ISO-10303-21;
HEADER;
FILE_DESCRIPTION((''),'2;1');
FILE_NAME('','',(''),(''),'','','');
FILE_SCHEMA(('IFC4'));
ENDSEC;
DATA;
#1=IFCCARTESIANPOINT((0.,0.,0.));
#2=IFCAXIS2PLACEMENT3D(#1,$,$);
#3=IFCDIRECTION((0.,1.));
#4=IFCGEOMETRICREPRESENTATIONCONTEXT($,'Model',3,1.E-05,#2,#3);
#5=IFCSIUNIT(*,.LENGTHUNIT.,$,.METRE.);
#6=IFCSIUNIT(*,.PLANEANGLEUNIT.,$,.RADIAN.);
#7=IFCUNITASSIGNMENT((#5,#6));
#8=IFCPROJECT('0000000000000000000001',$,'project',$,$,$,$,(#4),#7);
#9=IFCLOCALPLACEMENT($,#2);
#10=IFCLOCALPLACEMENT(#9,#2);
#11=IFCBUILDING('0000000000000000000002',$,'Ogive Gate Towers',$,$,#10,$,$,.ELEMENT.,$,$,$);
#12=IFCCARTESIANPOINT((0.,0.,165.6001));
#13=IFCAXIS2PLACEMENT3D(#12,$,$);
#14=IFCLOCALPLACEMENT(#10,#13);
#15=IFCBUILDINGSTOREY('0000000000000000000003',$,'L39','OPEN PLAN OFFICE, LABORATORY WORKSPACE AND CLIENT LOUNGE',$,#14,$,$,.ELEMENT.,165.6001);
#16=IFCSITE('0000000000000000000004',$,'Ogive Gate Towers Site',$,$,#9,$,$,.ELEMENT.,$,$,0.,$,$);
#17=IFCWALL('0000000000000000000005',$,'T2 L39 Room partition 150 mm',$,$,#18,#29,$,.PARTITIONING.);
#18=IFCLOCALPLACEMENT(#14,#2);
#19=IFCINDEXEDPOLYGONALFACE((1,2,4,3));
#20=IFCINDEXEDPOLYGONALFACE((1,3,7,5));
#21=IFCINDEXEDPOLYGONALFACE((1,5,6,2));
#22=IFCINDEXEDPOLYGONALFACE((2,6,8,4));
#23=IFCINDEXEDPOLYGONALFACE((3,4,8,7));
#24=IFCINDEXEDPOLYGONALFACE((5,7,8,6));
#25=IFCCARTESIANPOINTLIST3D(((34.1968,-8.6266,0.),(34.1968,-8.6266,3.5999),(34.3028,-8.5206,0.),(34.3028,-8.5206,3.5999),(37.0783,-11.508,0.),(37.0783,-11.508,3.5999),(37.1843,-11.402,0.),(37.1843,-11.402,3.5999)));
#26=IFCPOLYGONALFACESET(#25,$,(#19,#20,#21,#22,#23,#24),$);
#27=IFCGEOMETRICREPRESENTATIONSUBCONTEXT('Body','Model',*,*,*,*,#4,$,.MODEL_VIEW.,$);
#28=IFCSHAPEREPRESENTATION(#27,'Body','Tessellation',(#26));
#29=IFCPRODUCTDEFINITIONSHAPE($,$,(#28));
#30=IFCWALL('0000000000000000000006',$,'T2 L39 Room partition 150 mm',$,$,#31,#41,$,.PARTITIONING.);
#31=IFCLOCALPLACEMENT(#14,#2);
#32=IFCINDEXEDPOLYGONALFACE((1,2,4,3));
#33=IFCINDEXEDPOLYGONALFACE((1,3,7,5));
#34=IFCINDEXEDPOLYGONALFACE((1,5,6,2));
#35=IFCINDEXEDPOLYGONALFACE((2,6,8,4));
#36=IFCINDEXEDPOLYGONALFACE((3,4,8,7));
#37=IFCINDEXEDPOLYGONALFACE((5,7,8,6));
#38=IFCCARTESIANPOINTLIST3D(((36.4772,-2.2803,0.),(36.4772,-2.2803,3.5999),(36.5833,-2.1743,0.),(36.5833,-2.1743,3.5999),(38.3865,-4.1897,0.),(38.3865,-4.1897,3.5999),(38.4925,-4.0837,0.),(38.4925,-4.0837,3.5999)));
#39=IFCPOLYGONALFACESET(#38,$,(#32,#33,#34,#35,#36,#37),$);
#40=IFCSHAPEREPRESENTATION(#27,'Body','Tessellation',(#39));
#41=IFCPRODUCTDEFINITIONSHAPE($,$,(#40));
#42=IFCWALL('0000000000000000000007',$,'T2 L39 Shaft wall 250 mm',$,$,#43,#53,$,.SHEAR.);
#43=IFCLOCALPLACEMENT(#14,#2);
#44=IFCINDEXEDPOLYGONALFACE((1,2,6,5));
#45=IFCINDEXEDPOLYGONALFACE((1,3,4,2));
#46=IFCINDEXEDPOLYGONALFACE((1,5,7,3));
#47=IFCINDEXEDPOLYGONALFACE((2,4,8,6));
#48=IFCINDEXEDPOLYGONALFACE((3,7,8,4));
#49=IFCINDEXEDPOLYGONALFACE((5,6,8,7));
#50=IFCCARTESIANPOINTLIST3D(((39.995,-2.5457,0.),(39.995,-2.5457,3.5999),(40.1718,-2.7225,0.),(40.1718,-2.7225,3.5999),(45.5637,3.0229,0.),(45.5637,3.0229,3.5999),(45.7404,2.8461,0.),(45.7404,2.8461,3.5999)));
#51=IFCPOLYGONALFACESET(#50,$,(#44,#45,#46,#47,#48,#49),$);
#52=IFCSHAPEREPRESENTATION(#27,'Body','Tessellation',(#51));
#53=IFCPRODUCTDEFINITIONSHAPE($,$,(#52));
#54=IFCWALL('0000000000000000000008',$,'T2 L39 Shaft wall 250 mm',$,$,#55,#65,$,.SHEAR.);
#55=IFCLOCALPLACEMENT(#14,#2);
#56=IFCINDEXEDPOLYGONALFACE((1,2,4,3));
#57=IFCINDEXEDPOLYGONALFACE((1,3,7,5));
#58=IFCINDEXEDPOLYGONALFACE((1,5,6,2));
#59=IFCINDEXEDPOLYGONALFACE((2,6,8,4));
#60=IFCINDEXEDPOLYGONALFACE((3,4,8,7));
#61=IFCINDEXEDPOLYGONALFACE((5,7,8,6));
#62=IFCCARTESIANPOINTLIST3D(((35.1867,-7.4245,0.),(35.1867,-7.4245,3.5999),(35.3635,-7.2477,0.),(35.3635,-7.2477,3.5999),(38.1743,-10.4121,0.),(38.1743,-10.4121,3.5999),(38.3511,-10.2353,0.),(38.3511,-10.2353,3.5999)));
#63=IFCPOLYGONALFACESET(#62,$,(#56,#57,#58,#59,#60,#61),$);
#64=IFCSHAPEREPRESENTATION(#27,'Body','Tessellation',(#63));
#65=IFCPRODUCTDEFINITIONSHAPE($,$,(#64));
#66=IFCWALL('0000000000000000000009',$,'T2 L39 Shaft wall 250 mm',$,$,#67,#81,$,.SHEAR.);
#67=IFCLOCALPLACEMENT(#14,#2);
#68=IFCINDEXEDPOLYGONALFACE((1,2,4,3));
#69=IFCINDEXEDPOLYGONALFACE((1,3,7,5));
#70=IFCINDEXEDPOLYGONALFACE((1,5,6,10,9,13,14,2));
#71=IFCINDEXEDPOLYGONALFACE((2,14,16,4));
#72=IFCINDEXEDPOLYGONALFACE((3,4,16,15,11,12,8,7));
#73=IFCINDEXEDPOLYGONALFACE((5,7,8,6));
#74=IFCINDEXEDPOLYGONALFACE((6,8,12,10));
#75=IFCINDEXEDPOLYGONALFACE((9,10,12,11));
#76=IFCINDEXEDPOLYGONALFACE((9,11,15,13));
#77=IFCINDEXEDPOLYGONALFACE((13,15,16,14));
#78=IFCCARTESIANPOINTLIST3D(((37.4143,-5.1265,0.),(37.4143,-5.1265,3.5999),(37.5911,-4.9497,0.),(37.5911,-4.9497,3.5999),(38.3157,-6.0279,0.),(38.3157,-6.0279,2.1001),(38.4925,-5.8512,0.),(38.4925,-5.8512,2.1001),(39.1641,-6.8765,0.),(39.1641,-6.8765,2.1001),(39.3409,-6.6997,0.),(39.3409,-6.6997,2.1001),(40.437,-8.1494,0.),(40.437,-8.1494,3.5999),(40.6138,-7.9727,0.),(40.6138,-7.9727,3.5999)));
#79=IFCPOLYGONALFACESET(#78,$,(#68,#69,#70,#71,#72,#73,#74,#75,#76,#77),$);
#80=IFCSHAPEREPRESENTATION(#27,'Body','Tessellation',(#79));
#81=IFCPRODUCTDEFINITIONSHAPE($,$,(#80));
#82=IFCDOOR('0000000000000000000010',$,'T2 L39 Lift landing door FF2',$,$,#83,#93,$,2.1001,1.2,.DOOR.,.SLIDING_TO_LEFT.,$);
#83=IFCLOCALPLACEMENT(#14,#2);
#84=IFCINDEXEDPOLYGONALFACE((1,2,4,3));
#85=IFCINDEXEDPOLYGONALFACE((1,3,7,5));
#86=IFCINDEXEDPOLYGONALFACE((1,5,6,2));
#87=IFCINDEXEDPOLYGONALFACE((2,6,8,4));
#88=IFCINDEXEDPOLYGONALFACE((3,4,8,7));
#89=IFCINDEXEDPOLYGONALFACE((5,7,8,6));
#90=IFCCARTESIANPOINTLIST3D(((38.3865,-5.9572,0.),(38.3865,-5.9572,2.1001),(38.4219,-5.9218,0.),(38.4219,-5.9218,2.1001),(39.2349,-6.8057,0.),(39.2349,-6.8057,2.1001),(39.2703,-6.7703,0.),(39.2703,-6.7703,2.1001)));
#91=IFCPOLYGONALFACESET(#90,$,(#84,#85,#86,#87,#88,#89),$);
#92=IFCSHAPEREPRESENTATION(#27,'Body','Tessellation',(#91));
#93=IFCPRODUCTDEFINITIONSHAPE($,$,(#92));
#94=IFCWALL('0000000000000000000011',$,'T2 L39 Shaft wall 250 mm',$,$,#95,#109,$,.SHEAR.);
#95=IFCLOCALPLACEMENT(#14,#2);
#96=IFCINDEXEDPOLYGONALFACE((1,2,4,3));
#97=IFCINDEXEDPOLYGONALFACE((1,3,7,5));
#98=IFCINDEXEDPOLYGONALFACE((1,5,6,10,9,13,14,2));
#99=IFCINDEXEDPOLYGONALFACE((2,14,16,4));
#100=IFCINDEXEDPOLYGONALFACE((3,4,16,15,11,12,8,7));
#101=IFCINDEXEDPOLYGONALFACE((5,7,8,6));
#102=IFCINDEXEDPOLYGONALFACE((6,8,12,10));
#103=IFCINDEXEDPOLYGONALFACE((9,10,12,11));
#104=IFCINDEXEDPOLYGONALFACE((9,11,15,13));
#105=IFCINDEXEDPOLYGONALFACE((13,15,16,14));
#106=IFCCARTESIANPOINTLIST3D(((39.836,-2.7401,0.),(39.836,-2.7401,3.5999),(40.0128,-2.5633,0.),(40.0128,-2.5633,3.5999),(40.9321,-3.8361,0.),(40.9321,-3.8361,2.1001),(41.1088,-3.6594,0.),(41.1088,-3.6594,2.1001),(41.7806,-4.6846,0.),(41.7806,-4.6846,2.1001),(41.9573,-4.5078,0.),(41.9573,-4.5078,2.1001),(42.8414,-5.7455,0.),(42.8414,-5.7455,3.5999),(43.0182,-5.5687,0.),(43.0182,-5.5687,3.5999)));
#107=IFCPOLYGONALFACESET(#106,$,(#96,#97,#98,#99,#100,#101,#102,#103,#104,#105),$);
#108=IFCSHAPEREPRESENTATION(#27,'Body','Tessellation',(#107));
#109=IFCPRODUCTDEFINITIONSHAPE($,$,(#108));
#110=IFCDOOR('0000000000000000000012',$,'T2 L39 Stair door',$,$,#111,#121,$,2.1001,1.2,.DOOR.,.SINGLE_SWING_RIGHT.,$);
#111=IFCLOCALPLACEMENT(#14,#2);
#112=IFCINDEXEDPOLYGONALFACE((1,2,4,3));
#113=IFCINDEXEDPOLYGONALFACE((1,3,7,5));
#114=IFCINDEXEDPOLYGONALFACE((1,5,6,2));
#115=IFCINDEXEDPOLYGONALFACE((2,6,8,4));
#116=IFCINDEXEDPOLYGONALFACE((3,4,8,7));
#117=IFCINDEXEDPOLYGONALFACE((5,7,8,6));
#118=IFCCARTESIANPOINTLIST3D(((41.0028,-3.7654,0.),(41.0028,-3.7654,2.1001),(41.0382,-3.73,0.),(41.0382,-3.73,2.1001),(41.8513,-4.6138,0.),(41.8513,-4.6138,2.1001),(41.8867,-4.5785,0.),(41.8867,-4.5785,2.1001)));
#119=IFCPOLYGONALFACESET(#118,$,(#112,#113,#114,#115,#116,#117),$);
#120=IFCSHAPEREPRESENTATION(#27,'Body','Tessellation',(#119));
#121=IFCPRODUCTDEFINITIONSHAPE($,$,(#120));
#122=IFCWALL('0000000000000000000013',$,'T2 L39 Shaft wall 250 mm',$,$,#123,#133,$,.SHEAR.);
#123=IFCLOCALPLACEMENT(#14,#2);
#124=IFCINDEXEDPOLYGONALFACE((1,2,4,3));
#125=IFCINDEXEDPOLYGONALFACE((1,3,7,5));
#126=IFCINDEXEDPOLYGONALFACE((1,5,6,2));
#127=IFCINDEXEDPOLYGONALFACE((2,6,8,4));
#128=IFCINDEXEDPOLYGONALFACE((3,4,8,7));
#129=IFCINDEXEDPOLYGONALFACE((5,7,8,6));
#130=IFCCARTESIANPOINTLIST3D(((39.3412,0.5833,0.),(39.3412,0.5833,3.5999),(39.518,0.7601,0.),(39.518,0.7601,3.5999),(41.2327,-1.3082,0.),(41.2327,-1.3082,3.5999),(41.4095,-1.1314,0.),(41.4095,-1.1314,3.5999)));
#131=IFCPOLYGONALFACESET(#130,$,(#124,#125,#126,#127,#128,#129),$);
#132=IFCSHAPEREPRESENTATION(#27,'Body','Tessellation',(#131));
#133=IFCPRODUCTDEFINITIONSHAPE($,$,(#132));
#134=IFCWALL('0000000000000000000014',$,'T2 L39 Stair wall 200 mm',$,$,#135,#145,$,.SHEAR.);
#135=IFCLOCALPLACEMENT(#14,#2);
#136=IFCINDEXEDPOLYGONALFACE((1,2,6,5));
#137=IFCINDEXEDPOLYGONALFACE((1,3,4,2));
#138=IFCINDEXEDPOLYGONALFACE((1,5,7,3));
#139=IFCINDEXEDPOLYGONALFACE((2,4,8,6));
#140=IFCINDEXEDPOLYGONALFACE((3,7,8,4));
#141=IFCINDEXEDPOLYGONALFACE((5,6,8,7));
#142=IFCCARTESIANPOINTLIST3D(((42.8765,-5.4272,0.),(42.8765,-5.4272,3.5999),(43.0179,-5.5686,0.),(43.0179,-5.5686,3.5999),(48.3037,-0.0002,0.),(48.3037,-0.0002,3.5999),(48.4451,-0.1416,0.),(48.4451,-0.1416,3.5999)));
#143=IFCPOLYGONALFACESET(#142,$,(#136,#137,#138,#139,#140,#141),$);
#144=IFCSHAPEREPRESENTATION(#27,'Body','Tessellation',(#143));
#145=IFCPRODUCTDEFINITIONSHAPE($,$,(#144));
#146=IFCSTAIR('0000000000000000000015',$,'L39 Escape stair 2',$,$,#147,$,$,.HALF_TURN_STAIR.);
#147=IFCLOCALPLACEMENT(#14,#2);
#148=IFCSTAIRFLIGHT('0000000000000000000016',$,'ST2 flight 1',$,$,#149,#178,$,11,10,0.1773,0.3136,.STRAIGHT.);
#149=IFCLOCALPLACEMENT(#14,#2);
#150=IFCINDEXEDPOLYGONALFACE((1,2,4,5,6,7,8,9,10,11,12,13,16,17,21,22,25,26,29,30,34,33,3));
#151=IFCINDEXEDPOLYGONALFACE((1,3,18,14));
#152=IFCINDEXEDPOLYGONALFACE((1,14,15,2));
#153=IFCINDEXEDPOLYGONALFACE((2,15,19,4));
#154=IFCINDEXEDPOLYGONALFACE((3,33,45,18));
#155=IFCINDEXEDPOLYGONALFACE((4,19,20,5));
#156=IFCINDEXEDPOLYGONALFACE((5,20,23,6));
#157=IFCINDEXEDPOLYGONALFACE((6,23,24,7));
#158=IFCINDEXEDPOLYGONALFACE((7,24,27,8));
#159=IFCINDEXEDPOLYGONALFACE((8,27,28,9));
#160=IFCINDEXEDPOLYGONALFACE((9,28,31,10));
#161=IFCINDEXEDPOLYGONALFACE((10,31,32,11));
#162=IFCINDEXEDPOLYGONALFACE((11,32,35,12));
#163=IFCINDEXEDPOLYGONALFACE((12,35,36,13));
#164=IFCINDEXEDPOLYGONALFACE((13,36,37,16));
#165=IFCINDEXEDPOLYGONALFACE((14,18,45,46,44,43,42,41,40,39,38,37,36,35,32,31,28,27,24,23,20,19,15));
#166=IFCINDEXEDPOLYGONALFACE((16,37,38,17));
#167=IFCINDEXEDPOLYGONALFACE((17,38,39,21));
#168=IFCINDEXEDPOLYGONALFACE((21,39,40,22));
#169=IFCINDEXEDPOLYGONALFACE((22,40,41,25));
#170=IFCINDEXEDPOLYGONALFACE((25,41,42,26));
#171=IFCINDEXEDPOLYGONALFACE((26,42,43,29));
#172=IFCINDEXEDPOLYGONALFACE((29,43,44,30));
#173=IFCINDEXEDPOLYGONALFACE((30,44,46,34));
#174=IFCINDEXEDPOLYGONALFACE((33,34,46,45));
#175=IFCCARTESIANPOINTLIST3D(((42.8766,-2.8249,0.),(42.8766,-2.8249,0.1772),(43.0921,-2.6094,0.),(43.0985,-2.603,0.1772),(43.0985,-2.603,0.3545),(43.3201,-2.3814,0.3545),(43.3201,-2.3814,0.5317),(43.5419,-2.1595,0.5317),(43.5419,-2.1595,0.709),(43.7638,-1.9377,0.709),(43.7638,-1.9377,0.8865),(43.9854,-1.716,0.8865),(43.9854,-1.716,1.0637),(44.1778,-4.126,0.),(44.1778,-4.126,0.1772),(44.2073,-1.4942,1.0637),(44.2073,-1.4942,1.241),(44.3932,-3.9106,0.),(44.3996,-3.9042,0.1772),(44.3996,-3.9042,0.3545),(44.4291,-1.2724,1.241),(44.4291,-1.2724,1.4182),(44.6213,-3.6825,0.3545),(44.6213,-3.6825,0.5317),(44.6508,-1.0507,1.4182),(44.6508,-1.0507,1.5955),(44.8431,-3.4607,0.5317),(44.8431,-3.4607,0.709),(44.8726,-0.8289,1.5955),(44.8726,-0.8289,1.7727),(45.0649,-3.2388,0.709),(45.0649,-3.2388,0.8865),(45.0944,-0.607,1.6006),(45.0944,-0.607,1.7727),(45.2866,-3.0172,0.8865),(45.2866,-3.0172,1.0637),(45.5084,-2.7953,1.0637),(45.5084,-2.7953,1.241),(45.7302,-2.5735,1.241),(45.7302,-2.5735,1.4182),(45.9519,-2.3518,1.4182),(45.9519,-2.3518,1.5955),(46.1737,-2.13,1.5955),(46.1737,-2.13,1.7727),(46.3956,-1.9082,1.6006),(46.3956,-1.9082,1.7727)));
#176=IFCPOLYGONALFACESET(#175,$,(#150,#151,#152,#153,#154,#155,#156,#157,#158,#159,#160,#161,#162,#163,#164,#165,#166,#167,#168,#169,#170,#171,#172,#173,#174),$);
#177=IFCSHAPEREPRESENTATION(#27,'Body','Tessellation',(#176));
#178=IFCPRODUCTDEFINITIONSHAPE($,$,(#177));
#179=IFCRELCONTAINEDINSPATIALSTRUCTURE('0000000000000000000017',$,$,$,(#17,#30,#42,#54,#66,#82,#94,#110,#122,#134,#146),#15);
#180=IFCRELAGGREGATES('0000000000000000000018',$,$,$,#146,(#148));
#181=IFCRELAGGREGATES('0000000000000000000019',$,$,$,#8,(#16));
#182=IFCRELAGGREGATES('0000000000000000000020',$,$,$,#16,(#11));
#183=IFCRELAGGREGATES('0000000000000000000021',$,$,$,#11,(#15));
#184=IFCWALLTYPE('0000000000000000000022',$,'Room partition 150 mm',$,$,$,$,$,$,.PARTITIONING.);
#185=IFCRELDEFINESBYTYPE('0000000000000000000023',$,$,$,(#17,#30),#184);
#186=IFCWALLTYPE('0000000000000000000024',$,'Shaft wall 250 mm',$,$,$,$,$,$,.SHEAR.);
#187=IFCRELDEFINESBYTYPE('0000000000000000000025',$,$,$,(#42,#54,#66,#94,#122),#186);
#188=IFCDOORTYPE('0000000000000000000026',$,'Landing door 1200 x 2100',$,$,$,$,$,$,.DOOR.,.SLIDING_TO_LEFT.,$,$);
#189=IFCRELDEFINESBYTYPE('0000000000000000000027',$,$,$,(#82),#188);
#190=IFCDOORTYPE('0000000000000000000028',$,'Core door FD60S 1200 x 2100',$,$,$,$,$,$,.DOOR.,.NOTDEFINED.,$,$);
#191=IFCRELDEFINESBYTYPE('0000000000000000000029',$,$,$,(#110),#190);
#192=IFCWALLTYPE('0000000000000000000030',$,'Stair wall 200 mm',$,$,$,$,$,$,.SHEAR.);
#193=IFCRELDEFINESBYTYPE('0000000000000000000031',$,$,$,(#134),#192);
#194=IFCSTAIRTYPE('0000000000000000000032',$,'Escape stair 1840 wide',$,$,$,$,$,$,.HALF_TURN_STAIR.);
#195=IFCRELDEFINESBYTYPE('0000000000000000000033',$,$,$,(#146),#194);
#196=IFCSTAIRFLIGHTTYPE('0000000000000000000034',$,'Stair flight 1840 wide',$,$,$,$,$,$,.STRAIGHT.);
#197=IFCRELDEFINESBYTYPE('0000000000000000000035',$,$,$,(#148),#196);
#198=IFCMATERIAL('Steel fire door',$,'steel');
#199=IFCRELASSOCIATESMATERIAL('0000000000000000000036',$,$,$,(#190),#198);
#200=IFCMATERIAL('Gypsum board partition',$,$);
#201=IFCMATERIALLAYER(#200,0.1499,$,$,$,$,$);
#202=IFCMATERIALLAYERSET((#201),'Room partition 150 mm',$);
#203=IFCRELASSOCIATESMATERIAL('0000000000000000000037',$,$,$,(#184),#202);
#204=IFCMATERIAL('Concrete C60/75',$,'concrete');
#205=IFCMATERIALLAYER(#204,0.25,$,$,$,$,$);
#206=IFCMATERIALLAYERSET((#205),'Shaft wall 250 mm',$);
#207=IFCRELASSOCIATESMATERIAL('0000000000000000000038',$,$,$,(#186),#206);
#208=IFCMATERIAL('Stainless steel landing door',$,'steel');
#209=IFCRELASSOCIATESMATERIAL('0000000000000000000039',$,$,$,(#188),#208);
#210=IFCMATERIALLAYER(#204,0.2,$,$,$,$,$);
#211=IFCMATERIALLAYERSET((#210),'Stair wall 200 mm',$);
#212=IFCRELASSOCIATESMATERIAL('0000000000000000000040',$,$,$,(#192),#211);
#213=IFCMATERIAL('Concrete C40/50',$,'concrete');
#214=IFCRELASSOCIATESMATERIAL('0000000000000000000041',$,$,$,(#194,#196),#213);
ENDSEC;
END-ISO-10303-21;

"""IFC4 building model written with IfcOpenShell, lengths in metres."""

from ifc_helpers import new_model, si_unit, direction, frame, frame_2d, origin, place, context, subcontext, project, spatial, polyline, rectangle, outline, extrude, material, layer, layer_set, type_object, element, fill, aggregate, save


model = new_model("IFC4")

# Units and contexts
model_context = context("Model", 3, precision=1e-05, world=origin(), true_north=direction((0.0, 1.0)))
body_context = subcontext(model_context, "Body", "Model", "MODEL_VIEW")
ifc_project = project(units=[si_unit("LENGTHUNIT", "METRE"), si_unit("PLANEANGLEUNIT", "RADIAN")], contexts=[model_context])

# Site, building, storey
site_placement = place(None, origin())
site = spatial("IfcSite", under=ifc_project, at=site_placement, Name="Ogive Gate Towers Site", CompositionType="ELEMENT", RefElevation=0.0)
building_placement = place(site_placement, origin())
building = spatial("IfcBuilding", under=site, at=building_placement, Name="Ogive Gate Towers", CompositionType="ELEMENT")
storey_placement = place(building_placement, frame((0.0, 0.0, 165.6001)))
storey = spatial("IfcBuildingStorey", under=building, at=storey_placement, Name="L39", Description="OPEN PLAN OFFICE, LABORATORY WORKSPACE AND CLIENT LOUNGE", CompositionType="ELEMENT", Elevation=165.6001)

# Shared definitions
ifc_material_1 = material(Name="Concrete C60/75", Category="concrete")
ifc_material_2 = material(Name="Steel fire door", Category="steel")
door_type_1 = type_object("IfcDoorType", Name="Core door FD60S 1200 x 2100", OperationType="NOTDEFINED", PredefinedType="DOOR", material=ifc_material_2)

# Shared definitions
ifc_material_3 = material(Name="Gypsum board partition")

# Walls
ifc_layer_1 = layer(ifc_material_3, 0.1499)
ifc_layer_set_1 = layer_set([ifc_layer_1], Name="Room partition 150 mm")
wall_type_1 = type_object("IfcWallType", Name="Room partition 150 mm", PredefinedType="PARTITIONING", material=ifc_layer_set_1)
wall_1_placement = place(storey_placement, frame((37.1313, -11.4551, 0.0), z_axis=(0.0, 0.0, 1.0), x_axis=(-0.707107, 0.707107, 0.0)))
element("IfcWall", 1, at=wall_1_placement, inside=storey, type_object=wall_type_1, Name="T2 L39 Room partition 150 mm", PredefinedType="PARTITIONING", context=body_context, shape_type="SweptSolid", body=[
    extrude(rectangle(XDim=4.075, YDim=0.1499, at=frame_2d((2.0376, 0.0))), origin(), (0.0, 0.0, 1.0), 3.5999),
])
wall_2_placement = place(storey_placement, frame((38.4395, -4.1367, 0.0), z_axis=(0.0, 0.0, 1.0), x_axis=(-0.707062, 0.707152, 0.0)))
element("IfcWall", 2, at=wall_2_placement, inside=storey, type_object=wall_type_1, Name="T2 L39 Room partition 150 mm", PredefinedType="PARTITIONING", context=body_context, shape_type="SweptSolid", body=[
    extrude(rectangle(XDim=2.7002, YDim=0.1499, at=frame_2d((1.3501, 0.0))), origin(), (0.0, 0.0, 1.0), 3.5999),
])
ifc_layer_2 = layer(ifc_material_1, 0.25)
ifc_layer_set_2 = layer_set([ifc_layer_2], Name="Shaft wall 250 mm")
wall_type_2 = type_object("IfcWallType", Name="Shaft wall 250 mm", PredefinedType="SHEAR", material=ifc_layer_set_2)
wall_3_placement = place(storey_placement, frame((40.0835, -2.634, 0.0), z_axis=(0.0, 0.0, 1.0), x_axis=(0.707107, 0.707107, 0.0)))
element("IfcWall", 3, at=wall_3_placement, inside=storey, type_object=wall_type_2, Name="T2 L39 Shaft wall 250 mm", PredefinedType="SHEAR", context=body_context, shape_type="SweptSolid", body=[
    extrude(rectangle(XDim=7.8752, YDim=0.25, at=frame_2d((3.9375, 0.0))), origin(), (0.0, 0.0, 1.0), 3.5999),
])
wall_4_placement = place(storey_placement, frame((38.2627, -10.3237, 0.0), z_axis=(0.0, 0.0, 1.0), x_axis=(-0.707107, 0.707107, 0.0)))
element("IfcWall", 4, at=wall_4_placement, inside=storey, type_object=wall_type_2, Name="T2 L39 Shaft wall 250 mm", PredefinedType="SHEAR", context=body_context, shape_type="SweptSolid", body=[
    extrude(rectangle(XDim=4.2251, YDim=0.25, at=frame_2d((2.1125, 0.0))), origin(), (0.0, 0.0, 1.0), 3.5999),
])

# Walls, openings, doors
wall_5_placement = place(storey_placement, frame((40.5254, -8.061, 0.0), z_axis=(0.0, 0.0, 1.0), x_axis=(-0.707078, 0.707135, 0.0)))
wall_5 = element("IfcWall", 5, at=wall_5_placement, inside=storey, type_object=wall_type_2, Name="T2 L39 Shaft wall 250 mm", PredefinedType="SHEAR", context=body_context, shape_type="SweptSolid", body=[
    extrude(rectangle(XDim=4.2749, YDim=0.25, at=frame_2d((2.1375, 0.0))), origin(), (0.0, 0.0, 1.0), 3.5999),
])
opening_1_placement = place(wall_5_placement, frame((1.8, 0.0, 0.0)))
opening_1 = element("IfcOpeningElement", 6, at=opening_1_placement, cuts=wall_5, PredefinedType="OPENING", context=body_context, shape_type="SweptSolid", body=[
    extrude(rectangle(XDim=1.2, YDim=2.1001, at=frame_2d((0.6001, 1.05))), frame((0.0, 0.135, 0.0), z_axis=(0.0, -1.0, 0.0), x_axis=(1.0, 0.0, 0.0)), (0.0, 0.0, 1.0), 0.27),
])
ifc_material_4 = material(Name="Stainless steel landing door", Category="steel")
door_type_2 = type_object("IfcDoorType", Name="Landing door 1200 x 2100", OperationType="SLIDING_TO_LEFT", PredefinedType="DOOR", material=ifc_material_4)
door_1_placement = place(opening_1_placement, origin())
door_1 = element("IfcDoor", 7, at=door_1_placement, inside=storey, type_object=door_type_2, Name="T2 L39 Lift landing door FF2", OperationType="SLIDING_TO_LEFT", OverallHeight=2.1001, OverallWidth=1.2, PredefinedType="DOOR", context=body_context, shape_type="SweptSolid", body=[
    extrude(rectangle(XDim=1.2, YDim=2.1001, at=frame_2d((0.6001, 1.05))), frame((0.0, 0.0249, 0.0), z_axis=(0.0, -1.0, 0.0), x_axis=(1.0, 0.0, 0.0)), (0.0, 0.0, 1.0), 0.05),
])
fill(opening_1, door_1)
wall_6_placement = place(storey_placement, frame((42.9297, -5.657, 0.0), z_axis=(0.0, 0.0, 1.0), x_axis=(-0.707107, 0.707107, 0.0)))
wall_6 = element("IfcWall", 8, at=wall_6_placement, inside=storey, type_object=wall_type_2, Name="T2 L39 Shaft wall 250 mm", PredefinedType="SHEAR", context=body_context, shape_type="SweptSolid", body=[
    extrude(rectangle(XDim=4.2502, YDim=0.25, at=frame_2d((2.125, 0.0))), origin(), (0.0, 0.0, 1.0), 3.5999),
])
opening_2_placement = place(wall_6_placement, frame((1.5, 0.0, 0.0)))
opening_2 = element("IfcOpeningElement", 9, at=opening_2_placement, cuts=wall_6, PredefinedType="OPENING", context=body_context, shape_type="SweptSolid", body=[
    extrude(rectangle(XDim=1.2, YDim=2.1001, at=frame_2d((0.6001, 1.05))), frame((0.0, 0.135, 0.0), z_axis=(0.0, -1.0, 0.0), x_axis=(1.0, 0.0, 0.0)), (0.0, 0.0, 1.0), 0.27),
])
door_2_placement = place(opening_2_placement, origin())
door_2 = element("IfcDoor", 10, at=door_2_placement, inside=storey, type_object=door_type_1, Name="T2 L39 Stair door", OperationType="SINGLE_SWING_RIGHT", OverallHeight=2.1001, OverallWidth=1.2, PredefinedType="DOOR", context=body_context, shape_type="SweptSolid", body=[
    extrude(rectangle(XDim=1.2, YDim=2.1001, at=frame_2d((0.6001, 1.05))), frame((0.0, 0.0249, 0.0), z_axis=(0.0, -1.0, 0.0), x_axis=(1.0, 0.0, 0.0)), (0.0, 0.0, 1.0), 0.05),
])
fill(opening_2, door_2)

# Walls
wall_7_placement = place(storey_placement, frame((41.321, -1.2197, 0.0), z_axis=(0.0, 0.0, 1.0), x_axis=(-0.707107, 0.707107, 0.0)))
element("IfcWall", 11, at=wall_7_placement, inside=storey, type_object=wall_type_2, Name="T2 L39 Shaft wall 250 mm", PredefinedType="SHEAR", context=body_context, shape_type="SweptSolid", body=[
    extrude(rectangle(XDim=2.675, YDim=0.25, at=frame_2d((1.3374, 0.0))), origin(), (0.0, 0.0, 1.0), 3.5999),
])
ifc_layer_3 = layer(ifc_material_1, 0.2)
ifc_layer_set_3 = layer_set([ifc_layer_3], Name="Stair wall 200 mm")
wall_type_3 = type_object("IfcWallType", Name="Stair wall 200 mm", PredefinedType="SHEAR", material=ifc_layer_set_3)
wall_8_placement = place(storey_placement, frame((42.9473, -5.4978, 0.0), z_axis=(0.0, 0.0, 1.0), x_axis=(0.707123, 0.707091, 0.0)))
element("IfcWall", 12, at=wall_8_placement, inside=storey, type_object=wall_type_3, Name="T2 L39 Stair wall 200 mm", PredefinedType="SHEAR", context=body_context, shape_type="SweptSolid", body=[
    extrude(rectangle(XDim=7.675, YDim=0.2, at=frame_2d((3.8374, 0.0))), origin(), (0.0, 0.0, 1.0), 3.5999),
])

# Stair, stair flight
ifc_material_5 = material(Name="Concrete C40/50", Category="concrete")
stair_type = type_object("IfcStairType", Name="Escape stair 1840 wide", PredefinedType="HALF_TURN_STAIR", material=ifc_material_5)
stair_placement = place(storey_placement, origin())
stair = element("IfcStair", 13, at=stair_placement, inside=storey, type_object=stair_type, Name="L39 Escape stair 2", PredefinedType="HALF_TURN_STAIR")
stair_flight_type = type_object("IfcStairFlightType", Name="Stair flight 1840 wide", PredefinedType="STRAIGHT", material=ifc_material_5)
stair_flight_placement = place(storey_placement, frame((43.5271, -3.4753, 0.0), z_axis=(0.0, 0.0, 1.0), x_axis=(0.707107, 0.707107, 0.0)))
stair_flight = element("IfcStairFlight", 14, at=stair_flight_placement, type_object=stair_flight_type, Name="ST2 flight 1", NumberOfRisers=11, NumberOfTreads=10, PredefinedType="STRAIGHT", RiserHeight=0.1773, TreadLength=0.3136, context=body_context, shape_type="SweptSolid", body=[
    extrude(outline(polyline([(0.0, 0.0), (0.0, 0.1772), (0.3137, 0.1772), (0.3137, 0.3545), (0.6272, 0.3545), (0.6272, 0.5317), (0.9409, 0.5317), (0.9409, 0.709), (1.2546, 0.709), (1.2546, 0.8865), (1.5681, 0.8865), (1.5681, 1.0637), (1.8818, 1.0637), (1.8818, 1.241), (2.1956, 1.241), (2.1956, 1.4182), (2.509, 1.4182), (2.509, 1.5955), (2.8228, 1.5955), (2.8228, 1.7727), (3.1365, 1.7727), (3.1365, 1.95), (3.1365, 1.6006), (0.3047, 0.0), (0.0, 0.0)])), frame((0.0, 0.9199, 0.0), z_axis=(0.0, -1.0, 0.0), x_axis=(1.0, 0.0, 0.0)), (0.0, 0.0, 1.0), 1.8401),
])
aggregate(stair, [stair_flight])

save(model, "model.ifc")
